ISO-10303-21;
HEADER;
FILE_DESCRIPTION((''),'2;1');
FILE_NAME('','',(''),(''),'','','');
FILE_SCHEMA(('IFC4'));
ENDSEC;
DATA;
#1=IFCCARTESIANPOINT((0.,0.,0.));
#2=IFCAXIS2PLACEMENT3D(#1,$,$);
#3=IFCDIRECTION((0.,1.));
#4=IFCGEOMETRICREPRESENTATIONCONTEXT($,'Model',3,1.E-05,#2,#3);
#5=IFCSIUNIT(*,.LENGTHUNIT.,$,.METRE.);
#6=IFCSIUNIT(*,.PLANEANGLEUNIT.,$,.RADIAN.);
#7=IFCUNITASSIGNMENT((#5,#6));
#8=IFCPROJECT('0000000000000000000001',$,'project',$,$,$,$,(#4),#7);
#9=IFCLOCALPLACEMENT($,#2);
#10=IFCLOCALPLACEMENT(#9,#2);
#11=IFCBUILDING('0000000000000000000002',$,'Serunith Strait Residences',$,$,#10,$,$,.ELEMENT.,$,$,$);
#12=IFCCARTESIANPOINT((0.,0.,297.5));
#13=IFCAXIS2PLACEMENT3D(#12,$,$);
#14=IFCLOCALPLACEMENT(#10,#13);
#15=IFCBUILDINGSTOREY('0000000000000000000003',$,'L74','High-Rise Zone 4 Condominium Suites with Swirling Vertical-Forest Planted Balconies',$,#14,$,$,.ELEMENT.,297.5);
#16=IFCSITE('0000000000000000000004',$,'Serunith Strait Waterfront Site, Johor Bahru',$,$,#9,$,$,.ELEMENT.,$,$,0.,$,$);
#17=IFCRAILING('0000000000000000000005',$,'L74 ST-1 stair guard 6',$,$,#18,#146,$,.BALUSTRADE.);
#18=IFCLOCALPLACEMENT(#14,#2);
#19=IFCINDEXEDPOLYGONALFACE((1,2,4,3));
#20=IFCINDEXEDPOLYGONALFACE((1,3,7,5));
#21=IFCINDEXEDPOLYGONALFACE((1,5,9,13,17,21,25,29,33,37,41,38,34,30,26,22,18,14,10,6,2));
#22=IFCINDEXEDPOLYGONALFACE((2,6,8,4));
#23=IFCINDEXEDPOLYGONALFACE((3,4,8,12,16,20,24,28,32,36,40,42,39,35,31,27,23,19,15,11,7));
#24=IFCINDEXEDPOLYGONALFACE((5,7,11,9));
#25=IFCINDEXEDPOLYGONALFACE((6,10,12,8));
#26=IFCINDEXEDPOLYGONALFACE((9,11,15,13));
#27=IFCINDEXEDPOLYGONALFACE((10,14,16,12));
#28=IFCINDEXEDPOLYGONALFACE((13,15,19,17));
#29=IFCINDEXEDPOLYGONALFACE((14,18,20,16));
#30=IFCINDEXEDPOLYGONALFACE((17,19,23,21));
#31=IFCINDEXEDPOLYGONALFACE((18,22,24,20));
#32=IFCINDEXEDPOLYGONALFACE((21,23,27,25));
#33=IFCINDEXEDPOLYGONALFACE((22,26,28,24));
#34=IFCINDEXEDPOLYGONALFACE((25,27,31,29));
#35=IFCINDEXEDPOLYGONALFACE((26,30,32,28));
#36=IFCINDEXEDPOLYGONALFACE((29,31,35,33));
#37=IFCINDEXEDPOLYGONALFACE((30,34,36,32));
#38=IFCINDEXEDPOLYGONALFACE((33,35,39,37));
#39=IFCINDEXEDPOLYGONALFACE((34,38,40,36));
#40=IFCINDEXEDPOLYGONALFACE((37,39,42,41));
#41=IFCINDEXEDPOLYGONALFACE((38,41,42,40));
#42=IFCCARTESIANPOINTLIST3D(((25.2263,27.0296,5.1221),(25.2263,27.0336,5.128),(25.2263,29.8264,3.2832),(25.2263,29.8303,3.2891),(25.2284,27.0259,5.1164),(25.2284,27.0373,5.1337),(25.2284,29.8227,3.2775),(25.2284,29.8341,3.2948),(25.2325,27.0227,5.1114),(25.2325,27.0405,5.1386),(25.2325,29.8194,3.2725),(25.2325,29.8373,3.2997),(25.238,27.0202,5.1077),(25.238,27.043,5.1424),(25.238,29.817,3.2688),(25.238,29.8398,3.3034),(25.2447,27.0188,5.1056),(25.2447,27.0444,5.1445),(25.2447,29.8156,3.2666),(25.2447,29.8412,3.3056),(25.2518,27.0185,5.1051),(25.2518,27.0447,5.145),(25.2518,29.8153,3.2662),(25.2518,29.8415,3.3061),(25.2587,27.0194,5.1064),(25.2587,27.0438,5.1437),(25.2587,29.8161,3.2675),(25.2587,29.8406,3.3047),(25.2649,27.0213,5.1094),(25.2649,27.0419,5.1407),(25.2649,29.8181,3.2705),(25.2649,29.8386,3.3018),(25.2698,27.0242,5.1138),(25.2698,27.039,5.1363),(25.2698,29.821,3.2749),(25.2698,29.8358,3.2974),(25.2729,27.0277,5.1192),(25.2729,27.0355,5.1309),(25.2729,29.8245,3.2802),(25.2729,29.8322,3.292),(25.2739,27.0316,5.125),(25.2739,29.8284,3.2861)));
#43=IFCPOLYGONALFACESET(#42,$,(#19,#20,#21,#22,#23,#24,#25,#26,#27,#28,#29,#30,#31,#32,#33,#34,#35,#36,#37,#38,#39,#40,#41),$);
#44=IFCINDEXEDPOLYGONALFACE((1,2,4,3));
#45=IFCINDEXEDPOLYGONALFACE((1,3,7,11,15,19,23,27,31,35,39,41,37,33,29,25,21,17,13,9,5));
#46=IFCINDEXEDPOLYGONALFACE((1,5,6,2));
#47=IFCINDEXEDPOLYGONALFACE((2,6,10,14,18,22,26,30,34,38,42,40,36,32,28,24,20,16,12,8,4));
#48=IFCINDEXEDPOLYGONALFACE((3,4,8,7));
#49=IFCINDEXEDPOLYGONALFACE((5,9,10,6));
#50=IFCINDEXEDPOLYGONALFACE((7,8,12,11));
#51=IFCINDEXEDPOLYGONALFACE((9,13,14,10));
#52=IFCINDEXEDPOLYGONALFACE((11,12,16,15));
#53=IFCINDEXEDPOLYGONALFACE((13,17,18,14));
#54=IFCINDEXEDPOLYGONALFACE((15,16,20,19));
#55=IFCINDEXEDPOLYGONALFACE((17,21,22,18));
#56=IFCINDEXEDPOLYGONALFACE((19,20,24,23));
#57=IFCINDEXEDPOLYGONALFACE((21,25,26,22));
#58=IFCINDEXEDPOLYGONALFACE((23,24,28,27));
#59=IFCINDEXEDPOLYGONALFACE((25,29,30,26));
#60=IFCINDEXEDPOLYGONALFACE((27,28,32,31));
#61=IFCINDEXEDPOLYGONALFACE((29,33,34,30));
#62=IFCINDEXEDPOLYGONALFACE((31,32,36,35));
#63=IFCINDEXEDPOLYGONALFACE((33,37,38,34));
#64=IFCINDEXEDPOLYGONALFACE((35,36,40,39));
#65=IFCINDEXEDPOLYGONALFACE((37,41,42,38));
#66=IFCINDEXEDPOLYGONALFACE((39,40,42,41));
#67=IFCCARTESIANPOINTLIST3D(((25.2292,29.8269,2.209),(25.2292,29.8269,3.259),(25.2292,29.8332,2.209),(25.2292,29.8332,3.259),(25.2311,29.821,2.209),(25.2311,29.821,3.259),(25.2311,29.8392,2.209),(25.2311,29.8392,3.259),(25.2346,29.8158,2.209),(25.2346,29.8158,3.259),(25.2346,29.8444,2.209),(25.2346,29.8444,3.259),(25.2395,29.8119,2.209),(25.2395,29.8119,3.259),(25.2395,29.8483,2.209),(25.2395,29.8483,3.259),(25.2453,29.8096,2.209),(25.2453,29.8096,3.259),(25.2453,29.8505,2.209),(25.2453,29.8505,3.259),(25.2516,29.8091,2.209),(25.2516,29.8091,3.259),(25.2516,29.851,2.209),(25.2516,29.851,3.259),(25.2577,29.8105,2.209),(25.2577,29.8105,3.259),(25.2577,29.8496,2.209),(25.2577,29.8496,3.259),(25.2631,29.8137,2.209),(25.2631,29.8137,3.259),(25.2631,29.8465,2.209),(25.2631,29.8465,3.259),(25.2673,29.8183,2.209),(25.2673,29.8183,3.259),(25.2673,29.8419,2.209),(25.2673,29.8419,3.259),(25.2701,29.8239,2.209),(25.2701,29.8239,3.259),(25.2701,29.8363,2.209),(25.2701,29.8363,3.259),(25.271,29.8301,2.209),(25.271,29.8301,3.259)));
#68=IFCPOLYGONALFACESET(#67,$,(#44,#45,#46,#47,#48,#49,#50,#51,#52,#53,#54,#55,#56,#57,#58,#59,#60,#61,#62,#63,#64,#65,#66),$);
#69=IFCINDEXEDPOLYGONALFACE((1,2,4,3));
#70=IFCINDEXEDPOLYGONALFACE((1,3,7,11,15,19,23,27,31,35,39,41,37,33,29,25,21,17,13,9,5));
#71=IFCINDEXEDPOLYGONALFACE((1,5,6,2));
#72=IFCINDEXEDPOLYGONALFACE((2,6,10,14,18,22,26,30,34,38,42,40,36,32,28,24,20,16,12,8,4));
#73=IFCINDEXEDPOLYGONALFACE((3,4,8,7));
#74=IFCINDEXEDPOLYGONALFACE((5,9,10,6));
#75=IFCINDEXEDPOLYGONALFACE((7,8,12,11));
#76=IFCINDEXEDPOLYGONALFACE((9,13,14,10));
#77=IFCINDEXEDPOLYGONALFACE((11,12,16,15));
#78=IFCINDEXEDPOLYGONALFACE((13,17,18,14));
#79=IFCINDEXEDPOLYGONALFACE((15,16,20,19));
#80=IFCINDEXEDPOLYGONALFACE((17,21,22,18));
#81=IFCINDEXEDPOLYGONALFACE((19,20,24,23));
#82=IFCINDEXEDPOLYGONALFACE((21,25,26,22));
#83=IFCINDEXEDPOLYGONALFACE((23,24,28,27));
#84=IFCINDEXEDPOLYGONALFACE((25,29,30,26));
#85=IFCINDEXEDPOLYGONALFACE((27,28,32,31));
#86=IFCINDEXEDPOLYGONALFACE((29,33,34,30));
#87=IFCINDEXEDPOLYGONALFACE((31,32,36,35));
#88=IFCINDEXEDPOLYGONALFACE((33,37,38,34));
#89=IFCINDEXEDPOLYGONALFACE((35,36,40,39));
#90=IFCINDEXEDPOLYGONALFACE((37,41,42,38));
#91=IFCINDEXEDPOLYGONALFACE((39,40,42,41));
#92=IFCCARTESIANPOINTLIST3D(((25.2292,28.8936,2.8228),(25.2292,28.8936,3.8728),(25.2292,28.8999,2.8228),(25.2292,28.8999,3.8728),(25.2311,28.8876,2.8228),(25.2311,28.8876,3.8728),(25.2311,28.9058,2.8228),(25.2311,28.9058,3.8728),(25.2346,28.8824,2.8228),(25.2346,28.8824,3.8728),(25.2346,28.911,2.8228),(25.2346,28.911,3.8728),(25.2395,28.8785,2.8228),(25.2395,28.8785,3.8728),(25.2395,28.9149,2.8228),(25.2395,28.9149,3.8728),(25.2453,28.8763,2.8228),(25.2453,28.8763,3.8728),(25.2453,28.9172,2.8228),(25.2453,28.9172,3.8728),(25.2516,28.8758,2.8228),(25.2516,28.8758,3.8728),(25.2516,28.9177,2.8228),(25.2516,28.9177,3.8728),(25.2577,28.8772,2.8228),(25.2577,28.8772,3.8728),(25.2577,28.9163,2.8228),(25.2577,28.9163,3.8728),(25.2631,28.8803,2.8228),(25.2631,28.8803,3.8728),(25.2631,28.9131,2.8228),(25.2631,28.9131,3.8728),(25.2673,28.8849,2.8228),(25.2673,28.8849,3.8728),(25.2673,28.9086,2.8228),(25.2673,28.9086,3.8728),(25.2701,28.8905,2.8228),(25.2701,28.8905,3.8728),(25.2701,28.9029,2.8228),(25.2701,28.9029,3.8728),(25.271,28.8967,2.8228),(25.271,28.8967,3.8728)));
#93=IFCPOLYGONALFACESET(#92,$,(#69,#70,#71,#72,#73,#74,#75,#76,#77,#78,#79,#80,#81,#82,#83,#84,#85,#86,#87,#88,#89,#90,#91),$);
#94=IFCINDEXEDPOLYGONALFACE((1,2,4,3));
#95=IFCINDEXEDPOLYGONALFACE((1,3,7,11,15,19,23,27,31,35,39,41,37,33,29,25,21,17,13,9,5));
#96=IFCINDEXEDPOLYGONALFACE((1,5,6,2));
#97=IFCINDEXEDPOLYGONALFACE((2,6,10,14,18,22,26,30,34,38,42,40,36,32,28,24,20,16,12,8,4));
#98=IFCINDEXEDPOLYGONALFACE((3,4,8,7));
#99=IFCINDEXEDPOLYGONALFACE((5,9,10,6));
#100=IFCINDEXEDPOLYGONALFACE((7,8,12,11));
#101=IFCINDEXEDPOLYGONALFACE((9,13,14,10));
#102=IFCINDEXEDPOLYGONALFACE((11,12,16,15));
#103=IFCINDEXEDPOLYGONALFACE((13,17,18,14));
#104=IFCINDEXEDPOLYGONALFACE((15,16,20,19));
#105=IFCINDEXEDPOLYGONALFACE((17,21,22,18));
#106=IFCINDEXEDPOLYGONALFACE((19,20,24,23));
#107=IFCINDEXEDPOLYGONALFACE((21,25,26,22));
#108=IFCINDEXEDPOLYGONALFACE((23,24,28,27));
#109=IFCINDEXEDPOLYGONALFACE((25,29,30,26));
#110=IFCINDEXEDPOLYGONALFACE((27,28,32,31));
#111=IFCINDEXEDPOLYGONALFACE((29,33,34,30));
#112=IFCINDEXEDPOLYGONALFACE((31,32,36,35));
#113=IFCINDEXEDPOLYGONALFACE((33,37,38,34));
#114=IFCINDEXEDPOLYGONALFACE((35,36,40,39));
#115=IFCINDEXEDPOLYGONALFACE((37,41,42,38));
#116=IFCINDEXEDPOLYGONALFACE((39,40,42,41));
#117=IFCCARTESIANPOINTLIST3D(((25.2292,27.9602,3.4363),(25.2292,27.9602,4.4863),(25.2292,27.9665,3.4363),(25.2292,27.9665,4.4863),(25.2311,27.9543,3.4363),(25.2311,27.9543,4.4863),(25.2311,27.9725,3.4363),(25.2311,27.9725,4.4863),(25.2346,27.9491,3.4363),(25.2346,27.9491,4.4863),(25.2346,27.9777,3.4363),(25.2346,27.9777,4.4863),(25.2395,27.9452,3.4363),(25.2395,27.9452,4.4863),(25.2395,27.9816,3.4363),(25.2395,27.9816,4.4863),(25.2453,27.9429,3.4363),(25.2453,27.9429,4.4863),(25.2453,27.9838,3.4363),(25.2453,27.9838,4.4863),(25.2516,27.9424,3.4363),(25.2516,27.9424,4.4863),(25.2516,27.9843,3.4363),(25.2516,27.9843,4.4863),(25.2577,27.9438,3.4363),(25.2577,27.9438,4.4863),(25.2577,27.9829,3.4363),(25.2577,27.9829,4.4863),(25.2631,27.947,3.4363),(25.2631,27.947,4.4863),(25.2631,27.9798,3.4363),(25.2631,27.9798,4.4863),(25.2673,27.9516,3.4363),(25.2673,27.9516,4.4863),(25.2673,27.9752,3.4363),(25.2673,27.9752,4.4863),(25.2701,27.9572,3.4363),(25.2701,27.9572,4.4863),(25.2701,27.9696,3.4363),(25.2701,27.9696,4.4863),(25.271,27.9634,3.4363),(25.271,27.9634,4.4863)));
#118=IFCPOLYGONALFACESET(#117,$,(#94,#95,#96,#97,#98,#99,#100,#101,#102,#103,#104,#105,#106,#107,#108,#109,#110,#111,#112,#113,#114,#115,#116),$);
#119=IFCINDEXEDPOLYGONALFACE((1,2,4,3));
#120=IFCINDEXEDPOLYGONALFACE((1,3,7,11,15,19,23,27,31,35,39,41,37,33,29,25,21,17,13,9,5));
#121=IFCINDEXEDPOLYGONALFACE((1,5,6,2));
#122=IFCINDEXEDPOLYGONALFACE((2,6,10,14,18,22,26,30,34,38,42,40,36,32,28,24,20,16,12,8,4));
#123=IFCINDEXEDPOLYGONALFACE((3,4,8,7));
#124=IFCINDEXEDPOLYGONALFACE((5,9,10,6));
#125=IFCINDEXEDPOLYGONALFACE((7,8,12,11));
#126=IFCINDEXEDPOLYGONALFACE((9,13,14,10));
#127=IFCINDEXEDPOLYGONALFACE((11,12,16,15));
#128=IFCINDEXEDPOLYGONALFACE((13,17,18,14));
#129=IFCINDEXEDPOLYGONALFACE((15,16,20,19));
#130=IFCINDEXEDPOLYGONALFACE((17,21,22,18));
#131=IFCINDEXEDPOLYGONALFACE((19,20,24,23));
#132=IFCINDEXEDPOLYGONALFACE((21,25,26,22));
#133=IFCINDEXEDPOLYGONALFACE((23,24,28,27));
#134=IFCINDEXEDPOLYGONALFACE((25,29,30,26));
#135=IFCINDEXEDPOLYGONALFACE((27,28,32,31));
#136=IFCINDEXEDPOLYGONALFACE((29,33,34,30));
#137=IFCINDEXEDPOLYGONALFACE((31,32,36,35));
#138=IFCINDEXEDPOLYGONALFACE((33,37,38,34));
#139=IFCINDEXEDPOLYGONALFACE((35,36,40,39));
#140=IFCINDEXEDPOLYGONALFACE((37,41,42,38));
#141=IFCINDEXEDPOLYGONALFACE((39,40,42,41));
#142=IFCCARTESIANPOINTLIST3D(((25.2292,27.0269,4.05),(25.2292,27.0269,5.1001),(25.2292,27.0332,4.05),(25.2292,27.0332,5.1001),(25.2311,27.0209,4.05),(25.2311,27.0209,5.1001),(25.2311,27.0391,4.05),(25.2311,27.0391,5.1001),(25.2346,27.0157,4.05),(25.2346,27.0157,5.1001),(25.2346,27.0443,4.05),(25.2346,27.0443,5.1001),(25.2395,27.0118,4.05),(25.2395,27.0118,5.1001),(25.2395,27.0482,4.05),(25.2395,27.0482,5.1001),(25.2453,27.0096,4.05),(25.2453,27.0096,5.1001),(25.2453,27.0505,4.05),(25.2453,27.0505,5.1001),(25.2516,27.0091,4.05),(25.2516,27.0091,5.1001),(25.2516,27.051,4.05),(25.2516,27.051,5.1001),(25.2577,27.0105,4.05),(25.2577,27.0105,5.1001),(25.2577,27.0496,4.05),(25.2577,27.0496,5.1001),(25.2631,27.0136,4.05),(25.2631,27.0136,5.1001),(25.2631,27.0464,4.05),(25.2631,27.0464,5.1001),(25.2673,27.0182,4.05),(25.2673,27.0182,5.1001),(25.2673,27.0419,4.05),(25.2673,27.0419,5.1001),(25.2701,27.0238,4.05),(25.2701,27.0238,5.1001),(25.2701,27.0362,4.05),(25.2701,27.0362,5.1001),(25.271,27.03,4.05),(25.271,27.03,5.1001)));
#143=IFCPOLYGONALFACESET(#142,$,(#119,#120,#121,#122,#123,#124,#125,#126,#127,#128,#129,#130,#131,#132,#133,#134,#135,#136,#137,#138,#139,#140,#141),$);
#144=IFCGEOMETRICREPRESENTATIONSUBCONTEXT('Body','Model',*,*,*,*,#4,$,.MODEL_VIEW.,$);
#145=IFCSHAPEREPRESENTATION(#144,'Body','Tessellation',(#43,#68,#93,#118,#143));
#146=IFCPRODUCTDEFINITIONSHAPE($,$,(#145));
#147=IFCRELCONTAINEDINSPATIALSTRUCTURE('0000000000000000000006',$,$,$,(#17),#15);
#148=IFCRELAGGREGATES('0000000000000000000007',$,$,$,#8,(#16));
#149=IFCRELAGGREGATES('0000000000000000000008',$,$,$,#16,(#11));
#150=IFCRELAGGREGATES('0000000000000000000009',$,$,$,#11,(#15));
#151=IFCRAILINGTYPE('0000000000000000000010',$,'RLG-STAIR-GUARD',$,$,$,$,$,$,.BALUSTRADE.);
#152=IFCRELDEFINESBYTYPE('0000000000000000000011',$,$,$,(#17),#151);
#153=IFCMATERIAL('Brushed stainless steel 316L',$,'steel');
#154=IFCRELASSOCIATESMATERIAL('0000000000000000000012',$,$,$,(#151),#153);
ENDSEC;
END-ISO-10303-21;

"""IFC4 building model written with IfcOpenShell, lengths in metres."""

from ifc_helpers import new_model, si_unit, direction, frame, origin, origin_2d, place, context, subcontext, project, spatial, circle, extrude, material, type_object, element, save


model = new_model("IFC4")

# Units and contexts
model_context = context("Model", 3, precision=1e-05, world=origin(), true_north=direction((0.0, 1.0)))
body_context = subcontext(model_context, "Body", "Model", "MODEL_VIEW")
ifc_project = project(units=[si_unit("LENGTHUNIT", "METRE"), si_unit("PLANEANGLEUNIT", "RADIAN")], contexts=[model_context])

# Site, building, storey
site_placement = place(None, origin())
site = spatial("IfcSite", under=ifc_project, at=site_placement, Name="Serunith Strait Waterfront Site, Johor Bahru", CompositionType="ELEMENT", RefElevation=0.0)
building_placement = place(site_placement, origin())
building = spatial("IfcBuilding", under=site, at=building_placement, Name="Serunith Strait Residences", CompositionType="ELEMENT")
storey_placement = place(building_placement, frame((0.0, 0.0, 297.5)))
storey = spatial("IfcBuildingStorey", under=building, at=storey_placement, Name="L74", Description="High-Rise Zone 4 Condominium Suites with Swirling Vertical-Forest Planted Balconies", CompositionType="ELEMENT", Elevation=297.5)

# Railing
ifc_material_1 = material(Name="Brushed stainless steel 316L", Category="steel")
railing_type_1 = type_object("IfcRailingType", Name="RLG-STAIR-GUARD", PredefinedType="BALUSTRADE", material=ifc_material_1)
railing_1_placement = place(storey_placement, frame((25.25, 29.8301, 2.209)))
element("IfcRailing", 1, at=railing_1_placement, inside=storey, type_object=railing_type_1, Name="L74 ST-1 stair guard 6", PredefinedType="BALUSTRADE", context=body_context, shape_type="SweptSolid", body=[
    extrude(circle(Radius=0.0239, at=origin_2d()), frame((0.0, -0.0017, 1.0771), z_axis=(0.0, -0.835564, 0.549393), x_axis=(1.0, 0.0, 0.0)), (0.0, 0.0, 1.0), 3.3472),
    extrude(circle(Radius=0.021, at=origin_2d()), origin(), (0.0, 0.0, 1.0), 1.05),
    extrude(circle(Radius=0.021, at=origin_2d()), frame((0.0, -0.9333, 0.6138)), (0.0, 0.0, 1.0), 1.05),
    extrude(circle(Radius=0.021, at=origin_2d()), frame((0.0, -1.8667, 1.2273)), (0.0, 0.0, 1.0), 1.05),
    extrude(circle(Radius=0.021, at=origin_2d()), frame((0.0, -2.8, 1.8411)), (0.0, 0.0, 1.0), 1.05),
])

save(model, "model.ifc")
